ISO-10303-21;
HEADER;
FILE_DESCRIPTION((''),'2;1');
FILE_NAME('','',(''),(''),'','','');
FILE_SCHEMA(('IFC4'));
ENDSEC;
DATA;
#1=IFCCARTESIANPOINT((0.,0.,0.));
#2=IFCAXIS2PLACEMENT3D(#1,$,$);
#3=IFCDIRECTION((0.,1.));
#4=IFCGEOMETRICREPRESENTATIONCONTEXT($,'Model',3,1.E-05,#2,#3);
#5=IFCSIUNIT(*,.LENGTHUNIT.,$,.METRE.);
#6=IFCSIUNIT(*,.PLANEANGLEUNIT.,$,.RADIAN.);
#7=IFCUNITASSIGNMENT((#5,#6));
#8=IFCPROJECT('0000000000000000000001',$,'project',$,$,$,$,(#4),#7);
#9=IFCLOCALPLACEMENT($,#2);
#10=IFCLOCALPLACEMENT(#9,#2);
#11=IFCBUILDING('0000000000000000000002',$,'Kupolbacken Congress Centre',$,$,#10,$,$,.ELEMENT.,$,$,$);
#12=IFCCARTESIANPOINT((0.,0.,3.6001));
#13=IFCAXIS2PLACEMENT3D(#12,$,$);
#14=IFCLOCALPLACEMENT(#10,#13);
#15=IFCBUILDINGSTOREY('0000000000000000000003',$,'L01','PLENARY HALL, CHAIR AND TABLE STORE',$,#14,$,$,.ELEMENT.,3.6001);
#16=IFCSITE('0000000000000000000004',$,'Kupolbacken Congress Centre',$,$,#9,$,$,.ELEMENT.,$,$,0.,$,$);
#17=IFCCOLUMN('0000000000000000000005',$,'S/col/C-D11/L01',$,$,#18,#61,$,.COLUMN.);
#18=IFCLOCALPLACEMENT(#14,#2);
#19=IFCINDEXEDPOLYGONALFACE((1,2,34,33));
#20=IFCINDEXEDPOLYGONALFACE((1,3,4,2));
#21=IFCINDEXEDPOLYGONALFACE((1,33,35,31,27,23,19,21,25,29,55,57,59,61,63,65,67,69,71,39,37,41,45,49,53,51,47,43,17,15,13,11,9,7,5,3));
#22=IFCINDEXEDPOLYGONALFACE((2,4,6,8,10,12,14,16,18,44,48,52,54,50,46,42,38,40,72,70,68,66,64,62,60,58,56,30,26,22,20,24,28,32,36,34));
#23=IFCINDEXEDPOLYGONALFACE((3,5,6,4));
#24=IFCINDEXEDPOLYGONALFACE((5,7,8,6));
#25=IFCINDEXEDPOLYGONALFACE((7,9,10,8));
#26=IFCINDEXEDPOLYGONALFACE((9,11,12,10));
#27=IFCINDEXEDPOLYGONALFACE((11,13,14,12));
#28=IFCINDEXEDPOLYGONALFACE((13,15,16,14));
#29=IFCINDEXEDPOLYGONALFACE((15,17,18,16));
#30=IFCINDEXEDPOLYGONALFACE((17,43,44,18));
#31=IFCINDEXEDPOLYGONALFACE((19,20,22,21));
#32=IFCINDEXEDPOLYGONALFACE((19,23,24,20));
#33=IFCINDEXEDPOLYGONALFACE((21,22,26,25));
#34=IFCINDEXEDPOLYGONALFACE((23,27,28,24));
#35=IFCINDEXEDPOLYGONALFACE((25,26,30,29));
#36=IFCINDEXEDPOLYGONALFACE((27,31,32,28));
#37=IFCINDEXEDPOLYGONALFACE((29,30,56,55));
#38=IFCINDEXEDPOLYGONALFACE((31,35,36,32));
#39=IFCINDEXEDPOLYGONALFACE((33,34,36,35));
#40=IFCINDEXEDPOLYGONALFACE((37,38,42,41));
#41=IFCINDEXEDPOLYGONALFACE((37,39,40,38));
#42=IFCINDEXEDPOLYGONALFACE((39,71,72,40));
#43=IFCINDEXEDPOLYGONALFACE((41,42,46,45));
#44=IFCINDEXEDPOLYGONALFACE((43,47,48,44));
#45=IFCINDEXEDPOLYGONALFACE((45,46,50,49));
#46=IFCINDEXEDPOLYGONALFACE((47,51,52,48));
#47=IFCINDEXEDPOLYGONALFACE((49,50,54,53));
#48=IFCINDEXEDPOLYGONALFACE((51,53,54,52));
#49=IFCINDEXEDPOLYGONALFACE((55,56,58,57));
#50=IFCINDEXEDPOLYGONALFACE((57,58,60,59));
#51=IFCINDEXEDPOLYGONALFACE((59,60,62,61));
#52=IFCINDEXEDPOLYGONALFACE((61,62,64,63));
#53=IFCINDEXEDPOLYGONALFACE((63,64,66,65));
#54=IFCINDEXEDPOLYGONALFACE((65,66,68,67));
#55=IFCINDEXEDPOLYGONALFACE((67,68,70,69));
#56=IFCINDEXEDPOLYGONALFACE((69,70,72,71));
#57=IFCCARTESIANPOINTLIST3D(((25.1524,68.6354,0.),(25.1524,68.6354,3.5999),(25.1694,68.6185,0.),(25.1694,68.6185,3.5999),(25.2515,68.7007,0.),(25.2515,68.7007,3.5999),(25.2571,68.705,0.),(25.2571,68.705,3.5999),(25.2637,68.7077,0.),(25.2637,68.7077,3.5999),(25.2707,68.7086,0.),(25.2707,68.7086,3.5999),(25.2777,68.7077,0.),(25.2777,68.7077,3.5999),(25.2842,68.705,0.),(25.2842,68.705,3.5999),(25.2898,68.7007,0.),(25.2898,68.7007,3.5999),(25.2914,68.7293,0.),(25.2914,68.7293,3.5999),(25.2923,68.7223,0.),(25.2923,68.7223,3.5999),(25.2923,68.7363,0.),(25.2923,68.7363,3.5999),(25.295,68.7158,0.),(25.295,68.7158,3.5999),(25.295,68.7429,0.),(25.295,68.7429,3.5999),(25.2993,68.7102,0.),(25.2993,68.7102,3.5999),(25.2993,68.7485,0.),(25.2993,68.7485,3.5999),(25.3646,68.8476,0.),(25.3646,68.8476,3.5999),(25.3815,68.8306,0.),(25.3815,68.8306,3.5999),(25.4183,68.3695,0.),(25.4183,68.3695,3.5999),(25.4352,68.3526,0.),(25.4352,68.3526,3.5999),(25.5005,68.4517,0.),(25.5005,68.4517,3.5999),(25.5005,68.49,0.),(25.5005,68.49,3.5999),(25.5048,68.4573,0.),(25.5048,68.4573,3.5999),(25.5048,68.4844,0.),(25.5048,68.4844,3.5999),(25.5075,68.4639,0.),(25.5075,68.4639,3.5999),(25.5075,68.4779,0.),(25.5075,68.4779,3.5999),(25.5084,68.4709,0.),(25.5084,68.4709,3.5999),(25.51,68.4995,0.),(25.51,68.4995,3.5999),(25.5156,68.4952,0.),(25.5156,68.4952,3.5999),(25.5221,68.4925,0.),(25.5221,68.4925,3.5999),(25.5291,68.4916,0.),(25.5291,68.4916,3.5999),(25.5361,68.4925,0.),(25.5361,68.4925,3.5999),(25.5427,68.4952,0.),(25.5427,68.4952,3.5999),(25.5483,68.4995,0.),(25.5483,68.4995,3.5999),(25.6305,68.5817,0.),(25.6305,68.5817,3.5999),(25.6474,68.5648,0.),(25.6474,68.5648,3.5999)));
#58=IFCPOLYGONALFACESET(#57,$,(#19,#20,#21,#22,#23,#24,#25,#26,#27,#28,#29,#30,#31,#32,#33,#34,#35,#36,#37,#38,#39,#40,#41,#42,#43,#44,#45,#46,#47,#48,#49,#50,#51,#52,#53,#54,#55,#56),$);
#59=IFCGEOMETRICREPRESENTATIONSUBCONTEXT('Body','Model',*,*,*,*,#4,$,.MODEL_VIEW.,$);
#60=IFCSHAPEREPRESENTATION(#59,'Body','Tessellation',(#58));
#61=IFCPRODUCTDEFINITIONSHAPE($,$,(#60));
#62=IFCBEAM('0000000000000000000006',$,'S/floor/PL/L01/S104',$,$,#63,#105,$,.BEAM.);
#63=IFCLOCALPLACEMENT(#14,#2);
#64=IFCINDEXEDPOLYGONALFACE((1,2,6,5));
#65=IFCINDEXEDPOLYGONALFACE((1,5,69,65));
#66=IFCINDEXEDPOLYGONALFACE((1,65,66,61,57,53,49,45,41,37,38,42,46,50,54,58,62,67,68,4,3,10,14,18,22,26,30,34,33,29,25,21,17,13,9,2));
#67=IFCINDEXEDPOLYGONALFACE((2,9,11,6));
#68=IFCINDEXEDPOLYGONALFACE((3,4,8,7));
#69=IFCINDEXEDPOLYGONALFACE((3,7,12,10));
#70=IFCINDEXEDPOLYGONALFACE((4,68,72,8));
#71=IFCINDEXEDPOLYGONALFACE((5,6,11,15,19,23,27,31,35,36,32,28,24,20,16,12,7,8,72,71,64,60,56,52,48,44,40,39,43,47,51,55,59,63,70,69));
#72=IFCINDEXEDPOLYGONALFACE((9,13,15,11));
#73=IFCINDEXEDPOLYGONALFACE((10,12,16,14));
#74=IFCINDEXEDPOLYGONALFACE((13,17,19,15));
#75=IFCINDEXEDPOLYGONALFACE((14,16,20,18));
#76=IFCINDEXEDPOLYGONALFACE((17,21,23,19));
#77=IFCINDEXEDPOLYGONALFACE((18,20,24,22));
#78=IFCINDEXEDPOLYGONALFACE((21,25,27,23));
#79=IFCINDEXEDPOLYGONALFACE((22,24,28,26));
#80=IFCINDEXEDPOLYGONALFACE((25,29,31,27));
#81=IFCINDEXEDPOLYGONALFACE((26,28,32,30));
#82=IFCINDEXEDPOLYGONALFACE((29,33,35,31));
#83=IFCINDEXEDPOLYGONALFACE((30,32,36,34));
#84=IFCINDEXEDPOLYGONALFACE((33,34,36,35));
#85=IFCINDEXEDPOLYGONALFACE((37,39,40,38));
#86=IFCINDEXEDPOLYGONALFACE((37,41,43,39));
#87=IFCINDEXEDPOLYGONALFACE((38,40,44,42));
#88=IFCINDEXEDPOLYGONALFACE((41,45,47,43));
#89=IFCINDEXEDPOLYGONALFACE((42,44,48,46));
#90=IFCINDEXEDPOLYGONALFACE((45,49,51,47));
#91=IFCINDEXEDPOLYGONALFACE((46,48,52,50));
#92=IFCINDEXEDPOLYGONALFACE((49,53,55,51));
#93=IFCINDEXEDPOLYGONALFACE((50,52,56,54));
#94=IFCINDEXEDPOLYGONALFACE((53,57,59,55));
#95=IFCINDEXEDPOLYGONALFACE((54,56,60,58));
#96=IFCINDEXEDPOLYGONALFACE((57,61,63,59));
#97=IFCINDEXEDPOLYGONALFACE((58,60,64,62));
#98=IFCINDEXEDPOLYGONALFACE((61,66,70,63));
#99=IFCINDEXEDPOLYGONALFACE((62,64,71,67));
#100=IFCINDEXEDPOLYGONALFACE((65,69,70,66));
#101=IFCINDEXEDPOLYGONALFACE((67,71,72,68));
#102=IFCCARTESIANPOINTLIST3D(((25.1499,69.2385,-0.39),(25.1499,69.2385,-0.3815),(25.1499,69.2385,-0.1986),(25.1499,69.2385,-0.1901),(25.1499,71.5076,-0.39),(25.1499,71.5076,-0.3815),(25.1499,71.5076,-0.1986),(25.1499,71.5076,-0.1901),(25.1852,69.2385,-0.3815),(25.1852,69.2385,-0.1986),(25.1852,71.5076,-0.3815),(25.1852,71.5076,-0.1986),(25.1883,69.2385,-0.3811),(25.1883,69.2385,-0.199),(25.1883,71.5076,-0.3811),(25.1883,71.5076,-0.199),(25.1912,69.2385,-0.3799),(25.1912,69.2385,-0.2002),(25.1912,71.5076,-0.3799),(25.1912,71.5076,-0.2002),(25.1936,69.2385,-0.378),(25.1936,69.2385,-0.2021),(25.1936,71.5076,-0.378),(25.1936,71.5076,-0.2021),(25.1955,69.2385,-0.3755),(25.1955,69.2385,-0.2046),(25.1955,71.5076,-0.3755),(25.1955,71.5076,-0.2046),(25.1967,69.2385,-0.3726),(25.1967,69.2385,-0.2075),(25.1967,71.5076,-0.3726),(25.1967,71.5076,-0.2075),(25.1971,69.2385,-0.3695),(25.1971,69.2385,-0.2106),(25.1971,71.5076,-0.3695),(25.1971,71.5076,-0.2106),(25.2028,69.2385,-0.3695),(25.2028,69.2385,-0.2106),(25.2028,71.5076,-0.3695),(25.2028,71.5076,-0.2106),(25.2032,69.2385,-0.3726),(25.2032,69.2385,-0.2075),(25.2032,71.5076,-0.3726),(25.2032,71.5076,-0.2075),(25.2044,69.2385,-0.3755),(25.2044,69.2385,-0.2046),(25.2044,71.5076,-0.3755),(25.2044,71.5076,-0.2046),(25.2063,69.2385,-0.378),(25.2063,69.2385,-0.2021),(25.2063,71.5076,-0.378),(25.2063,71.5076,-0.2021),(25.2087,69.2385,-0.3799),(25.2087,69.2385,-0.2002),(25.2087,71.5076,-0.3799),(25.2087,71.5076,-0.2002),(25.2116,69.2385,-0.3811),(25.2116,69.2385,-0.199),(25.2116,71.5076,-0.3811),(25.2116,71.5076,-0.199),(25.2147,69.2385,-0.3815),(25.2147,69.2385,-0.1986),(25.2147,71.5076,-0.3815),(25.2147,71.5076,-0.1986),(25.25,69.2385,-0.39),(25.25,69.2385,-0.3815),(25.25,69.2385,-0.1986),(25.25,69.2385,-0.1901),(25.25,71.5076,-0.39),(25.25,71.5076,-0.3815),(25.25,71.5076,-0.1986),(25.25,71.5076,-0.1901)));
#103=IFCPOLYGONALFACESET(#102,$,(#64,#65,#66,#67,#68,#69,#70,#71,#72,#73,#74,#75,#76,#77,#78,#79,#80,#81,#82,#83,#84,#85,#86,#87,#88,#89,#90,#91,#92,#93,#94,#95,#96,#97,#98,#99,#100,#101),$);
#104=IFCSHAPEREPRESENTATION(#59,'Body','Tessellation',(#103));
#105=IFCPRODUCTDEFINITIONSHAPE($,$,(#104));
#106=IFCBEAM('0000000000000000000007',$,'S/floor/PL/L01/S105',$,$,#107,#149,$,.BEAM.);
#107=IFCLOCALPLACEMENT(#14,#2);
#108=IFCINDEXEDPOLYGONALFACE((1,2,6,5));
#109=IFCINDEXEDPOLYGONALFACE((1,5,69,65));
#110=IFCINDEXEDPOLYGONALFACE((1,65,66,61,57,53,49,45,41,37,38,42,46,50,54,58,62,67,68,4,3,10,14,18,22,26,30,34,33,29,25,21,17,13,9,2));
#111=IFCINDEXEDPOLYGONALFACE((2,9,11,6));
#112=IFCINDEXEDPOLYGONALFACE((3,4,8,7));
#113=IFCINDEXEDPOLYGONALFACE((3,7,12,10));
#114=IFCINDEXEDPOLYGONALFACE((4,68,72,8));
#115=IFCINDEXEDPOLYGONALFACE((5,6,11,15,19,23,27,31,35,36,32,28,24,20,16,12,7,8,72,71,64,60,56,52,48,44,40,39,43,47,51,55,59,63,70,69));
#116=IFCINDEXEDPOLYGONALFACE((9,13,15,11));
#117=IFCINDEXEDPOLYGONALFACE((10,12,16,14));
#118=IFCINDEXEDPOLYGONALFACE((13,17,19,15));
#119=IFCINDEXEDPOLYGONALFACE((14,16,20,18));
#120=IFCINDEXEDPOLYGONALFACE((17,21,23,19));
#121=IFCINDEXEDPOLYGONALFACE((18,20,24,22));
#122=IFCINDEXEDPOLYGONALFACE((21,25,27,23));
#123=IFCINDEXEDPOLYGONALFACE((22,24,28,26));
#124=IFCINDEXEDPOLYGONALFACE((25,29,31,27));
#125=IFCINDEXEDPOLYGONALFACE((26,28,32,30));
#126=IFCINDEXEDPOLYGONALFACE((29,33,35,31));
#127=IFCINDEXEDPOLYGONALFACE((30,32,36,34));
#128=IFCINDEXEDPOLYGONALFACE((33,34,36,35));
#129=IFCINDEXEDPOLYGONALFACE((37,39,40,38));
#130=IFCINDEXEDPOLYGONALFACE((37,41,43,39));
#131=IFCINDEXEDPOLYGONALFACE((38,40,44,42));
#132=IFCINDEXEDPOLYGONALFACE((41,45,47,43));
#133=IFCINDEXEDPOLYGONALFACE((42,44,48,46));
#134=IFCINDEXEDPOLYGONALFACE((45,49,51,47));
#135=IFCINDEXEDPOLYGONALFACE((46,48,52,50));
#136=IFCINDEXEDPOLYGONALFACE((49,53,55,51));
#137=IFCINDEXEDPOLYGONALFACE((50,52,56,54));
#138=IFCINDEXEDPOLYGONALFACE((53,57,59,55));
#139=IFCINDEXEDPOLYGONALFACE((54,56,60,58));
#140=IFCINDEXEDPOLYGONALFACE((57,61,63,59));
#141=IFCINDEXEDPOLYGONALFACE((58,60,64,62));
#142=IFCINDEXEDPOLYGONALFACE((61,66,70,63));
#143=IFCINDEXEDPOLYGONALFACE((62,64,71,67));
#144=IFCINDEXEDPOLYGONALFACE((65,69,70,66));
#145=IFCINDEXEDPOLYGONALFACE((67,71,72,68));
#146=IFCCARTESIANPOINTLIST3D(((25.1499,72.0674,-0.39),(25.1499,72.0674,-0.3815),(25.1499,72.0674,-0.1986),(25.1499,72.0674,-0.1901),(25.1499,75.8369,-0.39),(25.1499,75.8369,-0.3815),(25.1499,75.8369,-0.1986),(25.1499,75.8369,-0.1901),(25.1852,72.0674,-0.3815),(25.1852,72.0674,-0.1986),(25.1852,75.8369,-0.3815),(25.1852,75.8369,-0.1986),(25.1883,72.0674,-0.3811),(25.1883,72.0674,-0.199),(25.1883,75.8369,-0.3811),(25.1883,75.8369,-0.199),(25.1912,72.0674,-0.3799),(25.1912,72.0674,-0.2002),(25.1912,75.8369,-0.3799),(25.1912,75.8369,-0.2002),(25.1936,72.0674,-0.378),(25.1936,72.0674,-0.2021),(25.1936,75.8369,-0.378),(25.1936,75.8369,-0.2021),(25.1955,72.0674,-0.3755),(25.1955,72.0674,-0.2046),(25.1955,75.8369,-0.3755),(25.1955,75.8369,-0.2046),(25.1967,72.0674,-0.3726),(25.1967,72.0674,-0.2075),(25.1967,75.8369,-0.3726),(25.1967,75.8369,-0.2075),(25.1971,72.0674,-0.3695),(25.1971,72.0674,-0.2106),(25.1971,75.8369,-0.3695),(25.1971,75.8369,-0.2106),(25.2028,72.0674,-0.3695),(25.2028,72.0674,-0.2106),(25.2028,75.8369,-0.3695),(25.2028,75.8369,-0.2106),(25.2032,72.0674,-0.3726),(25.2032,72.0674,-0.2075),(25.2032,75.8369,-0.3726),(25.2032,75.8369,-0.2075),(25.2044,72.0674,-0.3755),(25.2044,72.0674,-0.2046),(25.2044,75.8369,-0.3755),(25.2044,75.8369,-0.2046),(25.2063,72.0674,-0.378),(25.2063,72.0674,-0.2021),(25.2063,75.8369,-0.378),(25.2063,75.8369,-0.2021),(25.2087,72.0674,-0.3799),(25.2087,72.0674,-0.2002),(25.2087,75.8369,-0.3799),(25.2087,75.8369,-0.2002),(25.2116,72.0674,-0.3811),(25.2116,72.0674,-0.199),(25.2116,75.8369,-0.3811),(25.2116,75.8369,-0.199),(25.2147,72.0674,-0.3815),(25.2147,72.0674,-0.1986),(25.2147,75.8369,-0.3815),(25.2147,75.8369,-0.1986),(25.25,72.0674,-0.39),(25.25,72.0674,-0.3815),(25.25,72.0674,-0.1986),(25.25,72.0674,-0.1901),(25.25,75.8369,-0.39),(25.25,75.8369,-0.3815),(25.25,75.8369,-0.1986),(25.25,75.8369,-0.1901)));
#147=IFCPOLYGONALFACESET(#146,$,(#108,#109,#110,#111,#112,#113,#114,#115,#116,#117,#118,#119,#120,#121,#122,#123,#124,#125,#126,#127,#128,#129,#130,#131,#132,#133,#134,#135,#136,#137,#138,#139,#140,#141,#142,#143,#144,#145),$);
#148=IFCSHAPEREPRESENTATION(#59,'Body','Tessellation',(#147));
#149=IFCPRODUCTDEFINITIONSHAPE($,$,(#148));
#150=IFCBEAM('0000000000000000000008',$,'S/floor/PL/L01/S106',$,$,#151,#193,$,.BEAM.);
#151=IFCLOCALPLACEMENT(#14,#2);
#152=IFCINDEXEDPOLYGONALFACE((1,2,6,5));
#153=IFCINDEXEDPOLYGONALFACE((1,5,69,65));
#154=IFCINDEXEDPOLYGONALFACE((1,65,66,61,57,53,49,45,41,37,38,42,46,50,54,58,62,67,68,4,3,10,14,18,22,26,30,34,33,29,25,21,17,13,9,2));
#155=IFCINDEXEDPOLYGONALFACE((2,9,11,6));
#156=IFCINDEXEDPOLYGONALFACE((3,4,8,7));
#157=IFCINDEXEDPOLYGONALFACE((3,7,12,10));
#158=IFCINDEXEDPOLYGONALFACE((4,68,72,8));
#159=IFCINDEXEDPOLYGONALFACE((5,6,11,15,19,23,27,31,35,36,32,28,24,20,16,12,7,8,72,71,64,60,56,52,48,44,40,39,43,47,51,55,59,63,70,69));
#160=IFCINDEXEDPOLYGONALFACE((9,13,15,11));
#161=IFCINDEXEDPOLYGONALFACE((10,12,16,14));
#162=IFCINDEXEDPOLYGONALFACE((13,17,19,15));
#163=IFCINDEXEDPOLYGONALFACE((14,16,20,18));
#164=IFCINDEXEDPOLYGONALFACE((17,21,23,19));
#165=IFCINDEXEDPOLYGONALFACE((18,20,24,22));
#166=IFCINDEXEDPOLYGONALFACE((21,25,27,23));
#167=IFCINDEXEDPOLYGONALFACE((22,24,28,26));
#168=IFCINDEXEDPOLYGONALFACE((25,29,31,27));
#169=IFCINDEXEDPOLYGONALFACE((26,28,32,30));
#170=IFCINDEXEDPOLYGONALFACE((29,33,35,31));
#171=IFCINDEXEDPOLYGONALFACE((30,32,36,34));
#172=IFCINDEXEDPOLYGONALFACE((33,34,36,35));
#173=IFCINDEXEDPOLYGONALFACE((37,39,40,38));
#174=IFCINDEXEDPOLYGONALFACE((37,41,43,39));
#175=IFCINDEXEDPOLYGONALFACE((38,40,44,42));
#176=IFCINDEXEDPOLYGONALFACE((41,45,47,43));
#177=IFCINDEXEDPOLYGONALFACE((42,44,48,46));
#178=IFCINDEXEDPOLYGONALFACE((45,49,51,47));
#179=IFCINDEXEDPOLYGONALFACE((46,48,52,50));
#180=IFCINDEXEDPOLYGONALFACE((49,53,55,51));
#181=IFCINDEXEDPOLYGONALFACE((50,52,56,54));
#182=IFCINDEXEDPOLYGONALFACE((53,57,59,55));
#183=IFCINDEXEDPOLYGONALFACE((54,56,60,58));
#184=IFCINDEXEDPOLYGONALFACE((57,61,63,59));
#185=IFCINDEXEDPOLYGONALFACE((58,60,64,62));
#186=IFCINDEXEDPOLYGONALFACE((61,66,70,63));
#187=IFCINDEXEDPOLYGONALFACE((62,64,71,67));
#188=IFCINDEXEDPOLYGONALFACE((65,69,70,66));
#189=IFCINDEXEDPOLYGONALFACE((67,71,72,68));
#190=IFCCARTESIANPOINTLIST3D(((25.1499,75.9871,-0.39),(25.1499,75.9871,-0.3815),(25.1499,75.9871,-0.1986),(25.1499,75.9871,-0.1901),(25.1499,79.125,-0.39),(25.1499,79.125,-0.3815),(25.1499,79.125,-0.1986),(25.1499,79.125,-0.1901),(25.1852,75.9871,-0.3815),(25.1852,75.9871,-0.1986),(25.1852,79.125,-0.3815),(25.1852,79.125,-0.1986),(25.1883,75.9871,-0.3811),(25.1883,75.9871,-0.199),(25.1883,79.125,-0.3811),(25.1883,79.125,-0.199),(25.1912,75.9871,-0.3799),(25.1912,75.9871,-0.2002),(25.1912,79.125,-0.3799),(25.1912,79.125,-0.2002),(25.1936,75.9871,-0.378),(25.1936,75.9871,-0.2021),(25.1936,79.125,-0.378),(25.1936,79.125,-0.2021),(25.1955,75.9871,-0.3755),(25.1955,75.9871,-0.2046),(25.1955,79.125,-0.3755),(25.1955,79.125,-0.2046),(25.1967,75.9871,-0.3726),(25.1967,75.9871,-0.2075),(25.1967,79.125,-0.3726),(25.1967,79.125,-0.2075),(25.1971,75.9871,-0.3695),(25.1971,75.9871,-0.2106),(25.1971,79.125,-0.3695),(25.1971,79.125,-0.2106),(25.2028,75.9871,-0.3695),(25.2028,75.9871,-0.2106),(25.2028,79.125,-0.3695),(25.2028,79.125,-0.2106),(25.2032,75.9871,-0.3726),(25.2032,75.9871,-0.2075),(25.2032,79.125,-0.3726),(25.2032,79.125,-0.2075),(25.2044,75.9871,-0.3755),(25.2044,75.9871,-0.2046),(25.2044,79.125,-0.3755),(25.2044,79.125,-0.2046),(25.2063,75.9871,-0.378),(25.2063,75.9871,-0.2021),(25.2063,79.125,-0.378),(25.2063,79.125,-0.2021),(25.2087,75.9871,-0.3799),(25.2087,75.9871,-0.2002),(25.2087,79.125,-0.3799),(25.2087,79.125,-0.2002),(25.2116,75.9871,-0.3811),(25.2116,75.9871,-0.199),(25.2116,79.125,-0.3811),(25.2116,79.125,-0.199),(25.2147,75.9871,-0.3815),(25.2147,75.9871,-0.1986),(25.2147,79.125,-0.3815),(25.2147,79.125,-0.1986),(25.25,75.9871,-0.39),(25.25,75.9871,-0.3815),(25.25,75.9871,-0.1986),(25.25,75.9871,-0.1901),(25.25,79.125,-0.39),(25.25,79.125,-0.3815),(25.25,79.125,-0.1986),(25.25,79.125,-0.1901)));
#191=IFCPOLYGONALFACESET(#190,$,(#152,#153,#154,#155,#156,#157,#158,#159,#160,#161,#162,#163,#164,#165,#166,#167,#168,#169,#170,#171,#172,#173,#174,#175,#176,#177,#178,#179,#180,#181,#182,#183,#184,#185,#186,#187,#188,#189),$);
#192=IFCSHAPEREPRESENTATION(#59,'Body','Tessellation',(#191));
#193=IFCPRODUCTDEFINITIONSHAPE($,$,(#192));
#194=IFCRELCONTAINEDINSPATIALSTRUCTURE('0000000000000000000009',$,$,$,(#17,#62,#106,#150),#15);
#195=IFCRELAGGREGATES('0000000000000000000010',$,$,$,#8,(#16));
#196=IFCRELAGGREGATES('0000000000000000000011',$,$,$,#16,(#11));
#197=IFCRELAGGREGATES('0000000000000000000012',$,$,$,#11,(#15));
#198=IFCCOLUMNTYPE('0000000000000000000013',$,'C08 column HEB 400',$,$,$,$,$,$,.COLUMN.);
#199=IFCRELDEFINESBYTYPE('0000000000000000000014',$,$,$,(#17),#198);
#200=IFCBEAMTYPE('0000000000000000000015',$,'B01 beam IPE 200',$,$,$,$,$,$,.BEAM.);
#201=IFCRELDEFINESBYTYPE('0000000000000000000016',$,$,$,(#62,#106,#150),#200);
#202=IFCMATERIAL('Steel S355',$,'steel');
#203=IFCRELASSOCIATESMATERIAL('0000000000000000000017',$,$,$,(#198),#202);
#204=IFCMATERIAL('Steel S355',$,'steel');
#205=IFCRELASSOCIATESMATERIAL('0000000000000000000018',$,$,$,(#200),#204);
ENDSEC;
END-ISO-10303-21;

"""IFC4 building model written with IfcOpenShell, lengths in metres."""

from ifc_helpers import new_model, si_unit, direction, frame, origin, origin_2d, place, context, subcontext, project, spatial, i_section, extrude, material, material_profile, profile_set, type_object, element, save


model = new_model("IFC4")

# Units and contexts
model_context = context("Model", 3, precision=1e-05, world=origin(), true_north=direction((0.0, 1.0)))
body_context = subcontext(model_context, "Body", "Model", "MODEL_VIEW")
ifc_project = project(units=[si_unit("LENGTHUNIT", "METRE"), si_unit("PLANEANGLEUNIT", "RADIAN")], contexts=[model_context])

# Site, building, storey
site_placement = place(None, origin())
site = spatial("IfcSite", under=ifc_project, at=site_placement, Name="Kupolbacken Congress Centre", CompositionType="ELEMENT", RefElevation=0.0)
building_placement = place(site_placement, origin())
building = spatial("IfcBuilding", under=site, at=building_placement, Name="Kupolbacken Congress Centre", CompositionType="ELEMENT")
storey_placement = place(building_placement, frame((0.0, 0.0, 3.6001)))
storey = spatial("IfcBuildingStorey", under=building, at=storey_placement, Name="L01", Description="PLENARY HALL, CHAIR AND TABLE STORE", CompositionType="ELEMENT", Elevation=3.6001)

# Column
ifc_material_1 = material(Name="Steel S355", Category="steel")
ifc_material_profile_1 = material_profile(ifc_material_1, i_section(OverallWidth=0.3, OverallDepth=0.3999, WebThickness=0.0134, FlangeThickness=0.0239, FilletRadius=0.0271, at=origin_2d()), Name="HEB 400")
ifc_profile_set_1 = profile_set([ifc_material_profile_1], Name="Steel S355")
column_type = type_object("IfcColumnType", Name="C08 column HEB 400", PredefinedType="COLUMN", material=ifc_profile_set_1)
column_placement = place(storey_placement, frame((25.3999, 68.6001, 0.0), z_axis=(0.0, 0.0, 1.0), x_axis=(-0.707107, -0.707107, 0.0)))
element("IfcColumn", 1, at=column_placement, inside=storey, type_object=column_type, Name="S/col/C-D11/L01", PredefinedType="COLUMN", context=body_context, shape_type="SweptSolid", body=[
    extrude(i_section(OverallWidth=0.3, OverallDepth=0.3999, WebThickness=0.0134, FlangeThickness=0.0239, FilletRadius=0.0271, at=origin_2d()), origin(), (0.0, 0.0, 1.0), 3.5999),
])

# Beams
ifc_material_2 = material(Name="Steel S355", Category="steel")
ifc_material_profile_2 = material_profile(ifc_material_2, i_section(OverallWidth=0.1001, OverallDepth=0.2, WebThickness=0.0056, FlangeThickness=0.0085, FilletRadius=0.012, at=origin_2d()), Name="IPE 200")
ifc_profile_set_2 = profile_set([ifc_material_profile_2], Name="Steel S355")
beam_type_1 = type_object("IfcBeamType", Name="B01 beam IPE 200", PredefinedType="BEAM", material=ifc_profile_set_2)
beam_1_placement = place(storey_placement, frame((25.2, 69.2385, -0.29), z_axis=(0.0, 1.0, 0.0), x_axis=(-1.0, 0.0, 0.0)))
element("IfcBeam", 2, at=beam_1_placement, inside=storey, type_object=beam_type_1, Name="S/floor/PL/L01/S104", PredefinedType="BEAM", context=body_context, shape_type="SweptSolid", body=[
    extrude(i_section(OverallWidth=0.1001, OverallDepth=0.2, WebThickness=0.0056, FlangeThickness=0.0085, FilletRadius=0.012, at=origin_2d()), origin(), (0.0, 0.0, 1.0), 2.269),
])
beam_2_placement = place(storey_placement, frame((25.2, 72.0674, -0.29), z_axis=(0.0, 1.0, 0.0), x_axis=(-1.0, 0.0, 0.0)))
element("IfcBeam", 3, at=beam_2_placement, inside=storey, type_object=beam_type_1, Name="S/floor/PL/L01/S105", PredefinedType="BEAM", context=body_context, shape_type="SweptSolid", body=[
    extrude(i_section(OverallWidth=0.1001, OverallDepth=0.2, WebThickness=0.0056, FlangeThickness=0.0085, FilletRadius=0.012, at=origin_2d()), origin(), (0.0, 0.0, 1.0), 3.7695),
])
beam_3_placement = place(storey_placement, frame((25.2, 75.9871, -0.29), z_axis=(0.0, 1.0, 0.0), x_axis=(-1.0, 0.0, 0.0)))
element("IfcBeam", 4, at=beam_3_placement, inside=storey, type_object=beam_type_1, Name="S/floor/PL/L01/S106", PredefinedType="BEAM", context=body_context, shape_type="SweptSolid", body=[
    extrude(i_section(OverallWidth=0.1001, OverallDepth=0.2, WebThickness=0.0056, FlangeThickness=0.0085, FilletRadius=0.012, at=origin_2d()), origin(), (0.0, 0.0, 1.0), 3.1379),
])

save(model, "model.ifc")
